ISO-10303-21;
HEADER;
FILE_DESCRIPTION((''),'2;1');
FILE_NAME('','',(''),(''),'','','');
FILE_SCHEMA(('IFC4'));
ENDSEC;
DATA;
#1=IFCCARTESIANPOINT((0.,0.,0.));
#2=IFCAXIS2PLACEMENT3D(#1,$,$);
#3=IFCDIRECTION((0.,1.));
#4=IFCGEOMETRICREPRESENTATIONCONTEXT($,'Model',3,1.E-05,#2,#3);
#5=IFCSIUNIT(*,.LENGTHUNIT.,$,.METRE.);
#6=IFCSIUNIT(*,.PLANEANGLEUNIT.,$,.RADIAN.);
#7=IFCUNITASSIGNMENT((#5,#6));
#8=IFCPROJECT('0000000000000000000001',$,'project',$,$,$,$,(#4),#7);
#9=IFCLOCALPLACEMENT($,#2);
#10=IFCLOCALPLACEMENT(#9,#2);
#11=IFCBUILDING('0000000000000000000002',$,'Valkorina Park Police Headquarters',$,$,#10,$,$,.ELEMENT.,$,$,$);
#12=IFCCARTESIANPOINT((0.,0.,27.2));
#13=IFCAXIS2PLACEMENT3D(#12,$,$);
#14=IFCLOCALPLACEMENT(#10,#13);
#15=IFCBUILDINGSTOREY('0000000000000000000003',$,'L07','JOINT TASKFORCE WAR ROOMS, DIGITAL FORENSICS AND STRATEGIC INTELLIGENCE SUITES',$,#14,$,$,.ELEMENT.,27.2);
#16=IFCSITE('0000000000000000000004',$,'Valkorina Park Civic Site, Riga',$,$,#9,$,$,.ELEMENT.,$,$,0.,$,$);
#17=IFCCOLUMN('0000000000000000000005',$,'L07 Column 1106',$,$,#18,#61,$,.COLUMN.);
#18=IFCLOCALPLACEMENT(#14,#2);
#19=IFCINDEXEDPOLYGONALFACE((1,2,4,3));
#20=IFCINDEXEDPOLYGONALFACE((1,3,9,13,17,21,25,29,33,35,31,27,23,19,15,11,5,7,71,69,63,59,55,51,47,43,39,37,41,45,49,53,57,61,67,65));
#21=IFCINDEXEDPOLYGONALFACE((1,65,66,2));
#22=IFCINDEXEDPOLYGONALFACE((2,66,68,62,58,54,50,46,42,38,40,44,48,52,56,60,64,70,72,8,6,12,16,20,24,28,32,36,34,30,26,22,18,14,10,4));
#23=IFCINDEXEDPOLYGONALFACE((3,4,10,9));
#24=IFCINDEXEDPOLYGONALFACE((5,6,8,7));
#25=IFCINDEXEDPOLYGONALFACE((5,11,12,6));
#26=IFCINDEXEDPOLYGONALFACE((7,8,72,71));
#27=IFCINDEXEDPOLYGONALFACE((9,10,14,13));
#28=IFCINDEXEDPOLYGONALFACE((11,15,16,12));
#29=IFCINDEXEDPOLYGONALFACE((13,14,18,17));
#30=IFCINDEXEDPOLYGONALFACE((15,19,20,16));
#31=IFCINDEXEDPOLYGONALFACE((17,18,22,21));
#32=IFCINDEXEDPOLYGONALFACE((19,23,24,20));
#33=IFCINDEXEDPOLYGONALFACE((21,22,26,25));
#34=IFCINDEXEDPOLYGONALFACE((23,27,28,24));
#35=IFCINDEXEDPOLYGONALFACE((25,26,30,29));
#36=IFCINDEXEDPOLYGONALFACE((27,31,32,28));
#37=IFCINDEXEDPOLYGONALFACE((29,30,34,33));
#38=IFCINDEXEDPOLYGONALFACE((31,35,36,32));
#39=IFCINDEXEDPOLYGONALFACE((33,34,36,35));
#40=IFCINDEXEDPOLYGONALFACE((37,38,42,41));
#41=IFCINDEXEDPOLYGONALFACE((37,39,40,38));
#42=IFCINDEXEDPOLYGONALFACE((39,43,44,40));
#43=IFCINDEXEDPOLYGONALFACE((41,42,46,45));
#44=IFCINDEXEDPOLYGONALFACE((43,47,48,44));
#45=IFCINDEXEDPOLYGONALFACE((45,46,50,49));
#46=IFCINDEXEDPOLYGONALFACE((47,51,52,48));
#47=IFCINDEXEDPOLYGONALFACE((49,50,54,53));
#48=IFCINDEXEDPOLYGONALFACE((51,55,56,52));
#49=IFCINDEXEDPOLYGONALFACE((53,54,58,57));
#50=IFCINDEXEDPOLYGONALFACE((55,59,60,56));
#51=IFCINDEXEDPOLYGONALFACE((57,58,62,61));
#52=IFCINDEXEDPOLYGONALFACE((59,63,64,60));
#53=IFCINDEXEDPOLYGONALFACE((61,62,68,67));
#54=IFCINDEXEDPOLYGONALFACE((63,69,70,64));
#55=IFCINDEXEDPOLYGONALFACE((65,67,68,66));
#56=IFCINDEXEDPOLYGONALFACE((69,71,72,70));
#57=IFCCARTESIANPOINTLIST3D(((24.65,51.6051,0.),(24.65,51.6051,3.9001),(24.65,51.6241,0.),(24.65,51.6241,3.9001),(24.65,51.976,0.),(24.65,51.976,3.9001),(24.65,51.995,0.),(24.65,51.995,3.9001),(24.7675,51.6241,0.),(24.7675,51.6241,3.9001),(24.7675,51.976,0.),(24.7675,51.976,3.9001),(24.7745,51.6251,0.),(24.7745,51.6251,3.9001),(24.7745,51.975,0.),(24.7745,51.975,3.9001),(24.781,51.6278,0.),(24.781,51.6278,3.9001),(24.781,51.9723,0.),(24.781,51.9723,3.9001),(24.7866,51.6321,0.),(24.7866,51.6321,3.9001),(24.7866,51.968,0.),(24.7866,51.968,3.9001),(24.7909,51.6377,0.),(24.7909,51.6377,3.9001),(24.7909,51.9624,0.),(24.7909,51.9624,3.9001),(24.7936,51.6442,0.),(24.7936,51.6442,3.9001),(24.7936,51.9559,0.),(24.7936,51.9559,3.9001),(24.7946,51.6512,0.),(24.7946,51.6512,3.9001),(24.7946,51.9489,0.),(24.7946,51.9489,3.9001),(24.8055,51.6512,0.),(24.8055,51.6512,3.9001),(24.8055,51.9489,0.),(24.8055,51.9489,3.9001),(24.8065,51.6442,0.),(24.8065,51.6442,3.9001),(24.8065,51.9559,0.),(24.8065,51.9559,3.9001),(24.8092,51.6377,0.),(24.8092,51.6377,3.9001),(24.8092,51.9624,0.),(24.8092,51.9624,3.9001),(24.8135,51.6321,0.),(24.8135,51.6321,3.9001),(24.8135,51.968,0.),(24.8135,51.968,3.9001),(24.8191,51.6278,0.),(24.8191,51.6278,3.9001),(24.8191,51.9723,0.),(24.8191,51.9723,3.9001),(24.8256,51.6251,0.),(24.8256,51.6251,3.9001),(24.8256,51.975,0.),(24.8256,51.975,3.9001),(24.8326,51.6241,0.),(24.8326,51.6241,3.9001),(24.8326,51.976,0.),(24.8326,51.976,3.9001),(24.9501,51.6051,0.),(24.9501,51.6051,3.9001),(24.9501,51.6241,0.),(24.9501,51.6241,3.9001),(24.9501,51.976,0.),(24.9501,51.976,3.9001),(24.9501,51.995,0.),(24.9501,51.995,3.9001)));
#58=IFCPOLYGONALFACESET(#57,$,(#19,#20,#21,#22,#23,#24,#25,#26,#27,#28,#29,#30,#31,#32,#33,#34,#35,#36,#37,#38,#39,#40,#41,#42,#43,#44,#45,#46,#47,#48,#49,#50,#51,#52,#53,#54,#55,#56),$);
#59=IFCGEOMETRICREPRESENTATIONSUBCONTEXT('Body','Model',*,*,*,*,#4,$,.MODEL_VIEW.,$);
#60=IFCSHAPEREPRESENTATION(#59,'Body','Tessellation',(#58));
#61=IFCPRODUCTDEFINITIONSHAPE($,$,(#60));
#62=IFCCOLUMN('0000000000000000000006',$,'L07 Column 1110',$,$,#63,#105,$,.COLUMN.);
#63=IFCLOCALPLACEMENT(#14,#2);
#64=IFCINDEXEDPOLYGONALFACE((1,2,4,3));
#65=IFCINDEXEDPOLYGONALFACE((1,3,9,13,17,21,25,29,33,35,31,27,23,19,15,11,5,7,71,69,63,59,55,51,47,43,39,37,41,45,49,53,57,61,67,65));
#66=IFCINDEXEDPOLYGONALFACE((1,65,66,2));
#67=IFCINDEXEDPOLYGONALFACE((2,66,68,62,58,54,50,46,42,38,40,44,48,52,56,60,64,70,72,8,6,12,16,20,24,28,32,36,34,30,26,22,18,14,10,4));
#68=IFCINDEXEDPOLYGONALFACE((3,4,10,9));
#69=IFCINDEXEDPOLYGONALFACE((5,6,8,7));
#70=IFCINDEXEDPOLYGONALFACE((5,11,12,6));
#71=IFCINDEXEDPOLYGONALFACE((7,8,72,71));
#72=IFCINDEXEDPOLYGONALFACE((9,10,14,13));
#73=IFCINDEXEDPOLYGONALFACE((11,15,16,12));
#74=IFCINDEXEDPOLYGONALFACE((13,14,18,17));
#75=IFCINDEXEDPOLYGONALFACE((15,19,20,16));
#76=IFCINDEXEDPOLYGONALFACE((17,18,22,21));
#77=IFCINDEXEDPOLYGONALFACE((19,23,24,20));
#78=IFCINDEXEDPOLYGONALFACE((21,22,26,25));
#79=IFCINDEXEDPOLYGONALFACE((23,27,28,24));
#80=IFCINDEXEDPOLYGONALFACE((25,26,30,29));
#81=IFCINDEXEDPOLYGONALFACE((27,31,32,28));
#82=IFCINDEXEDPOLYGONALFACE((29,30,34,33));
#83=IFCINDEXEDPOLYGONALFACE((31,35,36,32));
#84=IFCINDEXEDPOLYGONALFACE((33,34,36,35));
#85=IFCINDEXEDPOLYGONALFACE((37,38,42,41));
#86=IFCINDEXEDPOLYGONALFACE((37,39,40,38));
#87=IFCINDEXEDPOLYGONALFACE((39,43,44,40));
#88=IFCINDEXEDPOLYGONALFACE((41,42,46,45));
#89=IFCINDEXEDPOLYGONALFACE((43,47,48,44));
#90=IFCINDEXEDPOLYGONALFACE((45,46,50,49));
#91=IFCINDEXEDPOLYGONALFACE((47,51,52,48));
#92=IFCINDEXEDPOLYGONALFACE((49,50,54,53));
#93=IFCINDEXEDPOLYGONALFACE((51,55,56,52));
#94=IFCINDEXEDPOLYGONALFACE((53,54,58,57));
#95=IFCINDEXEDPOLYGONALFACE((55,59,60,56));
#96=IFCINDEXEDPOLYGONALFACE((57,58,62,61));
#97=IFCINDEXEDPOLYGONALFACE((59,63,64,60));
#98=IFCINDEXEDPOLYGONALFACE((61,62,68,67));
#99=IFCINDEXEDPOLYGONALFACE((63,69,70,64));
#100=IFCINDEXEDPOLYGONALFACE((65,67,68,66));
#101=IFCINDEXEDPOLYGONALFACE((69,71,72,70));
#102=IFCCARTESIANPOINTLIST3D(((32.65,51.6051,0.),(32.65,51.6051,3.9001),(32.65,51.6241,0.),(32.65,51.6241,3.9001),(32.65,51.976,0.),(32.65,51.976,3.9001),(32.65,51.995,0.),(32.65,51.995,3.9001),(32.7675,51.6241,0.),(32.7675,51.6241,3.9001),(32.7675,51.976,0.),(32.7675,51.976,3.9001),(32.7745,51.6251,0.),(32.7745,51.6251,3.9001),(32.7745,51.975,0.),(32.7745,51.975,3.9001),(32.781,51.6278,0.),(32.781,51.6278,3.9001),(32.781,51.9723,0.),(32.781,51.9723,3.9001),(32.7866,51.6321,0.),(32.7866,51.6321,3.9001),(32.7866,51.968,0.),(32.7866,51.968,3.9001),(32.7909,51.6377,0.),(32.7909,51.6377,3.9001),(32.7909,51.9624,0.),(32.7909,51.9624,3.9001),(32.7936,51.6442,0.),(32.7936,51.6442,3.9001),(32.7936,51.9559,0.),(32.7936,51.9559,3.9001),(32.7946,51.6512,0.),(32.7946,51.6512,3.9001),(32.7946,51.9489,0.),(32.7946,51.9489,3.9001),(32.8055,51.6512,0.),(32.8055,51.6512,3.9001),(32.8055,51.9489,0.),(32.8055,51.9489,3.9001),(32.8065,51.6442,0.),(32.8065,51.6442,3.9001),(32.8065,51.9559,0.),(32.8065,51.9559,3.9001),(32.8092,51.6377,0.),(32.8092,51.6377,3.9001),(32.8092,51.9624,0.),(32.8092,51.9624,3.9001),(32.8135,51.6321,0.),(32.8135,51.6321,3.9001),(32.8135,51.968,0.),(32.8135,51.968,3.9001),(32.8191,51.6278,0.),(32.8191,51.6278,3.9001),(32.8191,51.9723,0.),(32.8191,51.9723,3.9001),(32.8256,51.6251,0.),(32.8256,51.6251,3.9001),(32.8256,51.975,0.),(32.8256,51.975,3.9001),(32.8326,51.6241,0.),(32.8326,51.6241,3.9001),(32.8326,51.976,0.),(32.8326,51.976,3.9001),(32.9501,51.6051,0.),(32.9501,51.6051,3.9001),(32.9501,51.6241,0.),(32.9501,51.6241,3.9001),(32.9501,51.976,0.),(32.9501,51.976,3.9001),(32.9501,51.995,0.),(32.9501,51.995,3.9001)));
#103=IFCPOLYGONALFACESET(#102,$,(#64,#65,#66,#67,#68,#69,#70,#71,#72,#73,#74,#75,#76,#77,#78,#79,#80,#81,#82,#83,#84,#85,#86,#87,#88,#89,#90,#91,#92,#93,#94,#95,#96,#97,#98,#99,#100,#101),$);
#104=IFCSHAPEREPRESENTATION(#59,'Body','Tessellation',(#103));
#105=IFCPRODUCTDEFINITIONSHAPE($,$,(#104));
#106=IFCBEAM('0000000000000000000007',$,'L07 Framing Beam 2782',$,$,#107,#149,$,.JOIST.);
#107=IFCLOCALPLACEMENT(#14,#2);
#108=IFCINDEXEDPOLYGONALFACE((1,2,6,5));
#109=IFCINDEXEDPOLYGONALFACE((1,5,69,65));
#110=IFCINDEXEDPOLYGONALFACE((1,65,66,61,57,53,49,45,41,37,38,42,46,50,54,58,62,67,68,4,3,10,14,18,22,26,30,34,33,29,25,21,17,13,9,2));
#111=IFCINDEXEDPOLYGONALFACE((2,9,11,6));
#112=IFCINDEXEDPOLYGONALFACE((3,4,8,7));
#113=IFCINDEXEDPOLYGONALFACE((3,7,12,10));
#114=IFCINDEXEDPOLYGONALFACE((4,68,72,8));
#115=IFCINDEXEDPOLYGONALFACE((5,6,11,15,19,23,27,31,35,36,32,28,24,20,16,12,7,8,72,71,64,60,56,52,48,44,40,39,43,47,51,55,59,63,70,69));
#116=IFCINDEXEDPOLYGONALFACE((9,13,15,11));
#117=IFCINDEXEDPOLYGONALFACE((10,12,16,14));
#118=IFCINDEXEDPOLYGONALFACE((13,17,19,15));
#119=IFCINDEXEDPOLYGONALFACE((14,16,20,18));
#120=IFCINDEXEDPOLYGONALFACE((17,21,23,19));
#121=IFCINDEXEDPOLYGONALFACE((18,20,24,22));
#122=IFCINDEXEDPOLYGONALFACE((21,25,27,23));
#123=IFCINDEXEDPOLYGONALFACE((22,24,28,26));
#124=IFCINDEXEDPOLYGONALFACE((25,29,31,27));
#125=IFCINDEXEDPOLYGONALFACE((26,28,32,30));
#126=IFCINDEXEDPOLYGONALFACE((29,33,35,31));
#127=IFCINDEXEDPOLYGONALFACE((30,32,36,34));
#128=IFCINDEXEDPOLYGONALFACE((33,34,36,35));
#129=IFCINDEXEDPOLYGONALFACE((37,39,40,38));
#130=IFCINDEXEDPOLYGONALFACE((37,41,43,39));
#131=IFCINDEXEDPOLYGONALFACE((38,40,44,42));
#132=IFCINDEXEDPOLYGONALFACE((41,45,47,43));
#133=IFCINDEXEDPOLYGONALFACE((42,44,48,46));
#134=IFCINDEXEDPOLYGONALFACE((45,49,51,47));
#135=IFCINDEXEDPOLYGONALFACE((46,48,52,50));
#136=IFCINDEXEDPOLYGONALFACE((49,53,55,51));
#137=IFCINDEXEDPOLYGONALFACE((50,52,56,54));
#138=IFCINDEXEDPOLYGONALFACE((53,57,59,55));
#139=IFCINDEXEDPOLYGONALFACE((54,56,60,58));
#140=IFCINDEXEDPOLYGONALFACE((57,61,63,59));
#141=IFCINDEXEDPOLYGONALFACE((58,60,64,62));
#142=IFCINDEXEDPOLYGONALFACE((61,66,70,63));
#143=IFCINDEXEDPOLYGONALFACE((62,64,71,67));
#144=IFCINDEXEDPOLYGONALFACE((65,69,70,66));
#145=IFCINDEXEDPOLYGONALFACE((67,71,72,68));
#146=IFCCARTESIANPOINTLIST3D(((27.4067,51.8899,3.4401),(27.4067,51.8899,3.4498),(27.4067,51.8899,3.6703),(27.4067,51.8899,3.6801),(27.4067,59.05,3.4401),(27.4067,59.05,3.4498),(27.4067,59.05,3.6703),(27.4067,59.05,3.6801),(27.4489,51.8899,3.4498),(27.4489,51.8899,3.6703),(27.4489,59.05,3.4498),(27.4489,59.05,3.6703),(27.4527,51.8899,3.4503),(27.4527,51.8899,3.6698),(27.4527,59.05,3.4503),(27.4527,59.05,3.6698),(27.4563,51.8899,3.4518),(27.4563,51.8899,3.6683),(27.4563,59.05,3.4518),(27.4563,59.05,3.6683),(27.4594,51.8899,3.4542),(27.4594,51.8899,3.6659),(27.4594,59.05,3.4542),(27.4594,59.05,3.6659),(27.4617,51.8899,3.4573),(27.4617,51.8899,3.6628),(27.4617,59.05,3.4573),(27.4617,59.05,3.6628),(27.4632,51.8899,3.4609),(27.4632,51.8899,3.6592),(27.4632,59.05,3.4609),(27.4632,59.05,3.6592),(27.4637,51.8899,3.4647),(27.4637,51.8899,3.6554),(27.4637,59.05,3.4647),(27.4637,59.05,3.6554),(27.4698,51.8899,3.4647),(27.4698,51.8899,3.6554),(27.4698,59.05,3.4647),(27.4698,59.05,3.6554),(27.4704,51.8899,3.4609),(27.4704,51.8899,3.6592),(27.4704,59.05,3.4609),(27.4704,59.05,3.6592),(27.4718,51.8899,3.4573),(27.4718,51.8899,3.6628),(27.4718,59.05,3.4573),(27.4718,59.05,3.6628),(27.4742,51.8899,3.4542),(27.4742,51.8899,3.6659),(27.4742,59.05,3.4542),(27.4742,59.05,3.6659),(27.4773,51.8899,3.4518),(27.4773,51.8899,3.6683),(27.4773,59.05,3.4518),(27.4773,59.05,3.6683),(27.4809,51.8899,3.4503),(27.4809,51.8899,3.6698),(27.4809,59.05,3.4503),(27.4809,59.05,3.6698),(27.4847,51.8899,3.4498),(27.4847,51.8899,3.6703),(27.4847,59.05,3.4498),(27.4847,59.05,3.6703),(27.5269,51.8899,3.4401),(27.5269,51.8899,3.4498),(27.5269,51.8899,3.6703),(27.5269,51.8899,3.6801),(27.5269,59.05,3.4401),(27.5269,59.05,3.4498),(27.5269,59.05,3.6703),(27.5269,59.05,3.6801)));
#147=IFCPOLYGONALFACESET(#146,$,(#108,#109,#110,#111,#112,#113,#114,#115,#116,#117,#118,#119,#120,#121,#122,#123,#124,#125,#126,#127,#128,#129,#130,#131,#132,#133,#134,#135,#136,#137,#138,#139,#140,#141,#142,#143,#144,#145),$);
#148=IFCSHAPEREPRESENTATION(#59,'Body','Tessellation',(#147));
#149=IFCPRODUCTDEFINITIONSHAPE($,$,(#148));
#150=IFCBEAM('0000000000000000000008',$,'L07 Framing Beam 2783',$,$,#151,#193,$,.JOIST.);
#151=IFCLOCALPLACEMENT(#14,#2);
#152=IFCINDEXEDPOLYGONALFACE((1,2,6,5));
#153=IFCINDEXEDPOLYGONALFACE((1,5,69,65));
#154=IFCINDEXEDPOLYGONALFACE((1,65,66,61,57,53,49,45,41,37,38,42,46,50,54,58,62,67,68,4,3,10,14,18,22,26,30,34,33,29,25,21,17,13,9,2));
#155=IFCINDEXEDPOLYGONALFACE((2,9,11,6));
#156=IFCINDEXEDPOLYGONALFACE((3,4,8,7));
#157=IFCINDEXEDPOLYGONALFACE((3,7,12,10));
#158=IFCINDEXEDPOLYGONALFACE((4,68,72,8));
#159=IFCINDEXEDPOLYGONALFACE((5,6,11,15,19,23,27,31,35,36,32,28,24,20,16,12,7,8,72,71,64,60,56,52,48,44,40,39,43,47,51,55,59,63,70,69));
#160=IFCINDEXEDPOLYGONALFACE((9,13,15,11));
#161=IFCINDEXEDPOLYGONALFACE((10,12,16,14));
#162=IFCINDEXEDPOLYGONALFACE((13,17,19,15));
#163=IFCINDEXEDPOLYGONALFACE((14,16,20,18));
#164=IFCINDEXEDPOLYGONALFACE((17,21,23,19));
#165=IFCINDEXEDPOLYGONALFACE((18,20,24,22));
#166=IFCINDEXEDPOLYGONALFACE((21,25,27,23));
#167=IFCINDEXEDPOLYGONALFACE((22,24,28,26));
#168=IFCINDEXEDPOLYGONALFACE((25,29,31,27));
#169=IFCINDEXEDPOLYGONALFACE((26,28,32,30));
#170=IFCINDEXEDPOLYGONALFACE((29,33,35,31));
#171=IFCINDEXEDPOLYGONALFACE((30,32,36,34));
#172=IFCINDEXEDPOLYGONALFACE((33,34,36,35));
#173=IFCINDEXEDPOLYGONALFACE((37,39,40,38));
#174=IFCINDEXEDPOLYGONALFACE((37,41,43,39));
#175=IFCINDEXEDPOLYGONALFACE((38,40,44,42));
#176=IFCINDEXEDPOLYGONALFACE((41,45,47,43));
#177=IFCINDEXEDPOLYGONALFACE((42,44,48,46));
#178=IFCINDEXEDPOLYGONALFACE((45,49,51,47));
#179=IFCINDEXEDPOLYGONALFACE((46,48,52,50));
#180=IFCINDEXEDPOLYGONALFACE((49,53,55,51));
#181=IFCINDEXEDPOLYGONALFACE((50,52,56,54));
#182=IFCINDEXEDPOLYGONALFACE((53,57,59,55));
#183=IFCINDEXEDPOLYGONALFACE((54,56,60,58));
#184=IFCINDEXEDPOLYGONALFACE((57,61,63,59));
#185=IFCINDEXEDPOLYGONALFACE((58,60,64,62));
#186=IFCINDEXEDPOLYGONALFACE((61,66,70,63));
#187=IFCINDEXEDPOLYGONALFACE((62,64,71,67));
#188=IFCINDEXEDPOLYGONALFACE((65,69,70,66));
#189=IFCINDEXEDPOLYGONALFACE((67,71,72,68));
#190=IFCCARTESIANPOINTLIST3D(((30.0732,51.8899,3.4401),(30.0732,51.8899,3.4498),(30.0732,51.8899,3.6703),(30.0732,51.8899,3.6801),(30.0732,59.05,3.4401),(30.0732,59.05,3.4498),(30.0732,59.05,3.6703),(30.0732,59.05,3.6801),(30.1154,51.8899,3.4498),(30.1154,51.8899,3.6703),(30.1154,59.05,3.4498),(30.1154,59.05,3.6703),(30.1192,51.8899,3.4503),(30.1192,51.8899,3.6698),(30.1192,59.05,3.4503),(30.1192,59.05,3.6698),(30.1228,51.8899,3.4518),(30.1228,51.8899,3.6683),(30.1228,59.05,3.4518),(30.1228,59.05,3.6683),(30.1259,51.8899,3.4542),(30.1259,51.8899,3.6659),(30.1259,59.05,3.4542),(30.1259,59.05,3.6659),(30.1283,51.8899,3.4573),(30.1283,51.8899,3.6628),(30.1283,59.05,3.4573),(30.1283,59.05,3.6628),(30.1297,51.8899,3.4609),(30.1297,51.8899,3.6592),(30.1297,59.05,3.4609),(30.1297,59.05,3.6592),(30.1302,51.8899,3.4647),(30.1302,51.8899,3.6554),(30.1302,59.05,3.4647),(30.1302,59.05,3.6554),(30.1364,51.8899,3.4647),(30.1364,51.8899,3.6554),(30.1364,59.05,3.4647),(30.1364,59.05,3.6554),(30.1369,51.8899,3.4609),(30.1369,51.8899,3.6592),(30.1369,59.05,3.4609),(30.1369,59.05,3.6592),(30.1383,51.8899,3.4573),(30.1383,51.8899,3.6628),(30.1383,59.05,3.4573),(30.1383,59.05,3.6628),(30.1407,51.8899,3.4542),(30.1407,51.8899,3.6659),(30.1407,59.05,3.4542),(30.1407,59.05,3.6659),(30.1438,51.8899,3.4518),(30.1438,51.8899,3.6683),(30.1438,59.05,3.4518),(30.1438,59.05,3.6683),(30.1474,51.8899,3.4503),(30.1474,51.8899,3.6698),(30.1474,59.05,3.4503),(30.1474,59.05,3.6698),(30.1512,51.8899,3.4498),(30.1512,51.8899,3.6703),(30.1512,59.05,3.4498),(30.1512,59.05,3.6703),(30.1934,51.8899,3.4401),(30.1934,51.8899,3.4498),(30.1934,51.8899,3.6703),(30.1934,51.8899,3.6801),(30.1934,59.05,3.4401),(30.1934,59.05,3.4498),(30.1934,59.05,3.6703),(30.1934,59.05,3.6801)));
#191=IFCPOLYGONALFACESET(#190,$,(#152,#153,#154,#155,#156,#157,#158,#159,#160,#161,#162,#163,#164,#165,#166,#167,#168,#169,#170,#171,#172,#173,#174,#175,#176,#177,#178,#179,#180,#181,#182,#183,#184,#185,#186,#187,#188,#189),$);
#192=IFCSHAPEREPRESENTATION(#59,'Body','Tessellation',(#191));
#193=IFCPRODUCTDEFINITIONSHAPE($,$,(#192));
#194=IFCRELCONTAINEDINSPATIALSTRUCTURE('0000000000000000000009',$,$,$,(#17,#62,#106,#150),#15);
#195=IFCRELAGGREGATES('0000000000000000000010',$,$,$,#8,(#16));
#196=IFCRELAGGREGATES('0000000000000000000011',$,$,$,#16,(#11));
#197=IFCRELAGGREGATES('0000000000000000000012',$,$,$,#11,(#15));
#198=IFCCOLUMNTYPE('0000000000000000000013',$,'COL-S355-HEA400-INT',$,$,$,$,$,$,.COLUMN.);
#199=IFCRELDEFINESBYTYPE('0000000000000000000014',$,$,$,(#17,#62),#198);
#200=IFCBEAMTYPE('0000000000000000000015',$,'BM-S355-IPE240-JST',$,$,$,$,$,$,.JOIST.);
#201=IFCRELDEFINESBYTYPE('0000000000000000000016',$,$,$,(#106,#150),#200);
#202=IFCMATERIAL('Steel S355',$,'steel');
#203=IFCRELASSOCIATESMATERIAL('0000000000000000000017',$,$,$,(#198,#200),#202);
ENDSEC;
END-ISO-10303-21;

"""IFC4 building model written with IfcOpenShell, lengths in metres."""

from ifc_helpers import new_model, si_unit, direction, frame, origin, origin_2d, place, context, subcontext, project, spatial, i_section, extrude, material, material_profile, profile_set, type_object, element, save


model = new_model("IFC4")

# Units and contexts
model_context = context("Model", 3, precision=1e-05, world=origin(), true_north=direction((0.0, 1.0)))
body_context = subcontext(model_context, "Body", "Model", "MODEL_VIEW")
ifc_project = project(units=[si_unit("LENGTHUNIT", "METRE"), si_unit("PLANEANGLEUNIT", "RADIAN")], contexts=[model_context])

# Site, building, storey
site_placement = place(None, origin())
site = spatial("IfcSite", under=ifc_project, at=site_placement, Name="Valkorina Park Civic Site, Riga", CompositionType="ELEMENT", RefElevation=0.0)
building_placement = place(site_placement, origin())
building = spatial("IfcBuilding", under=site, at=building_placement, Name="Valkorina Park Police Headquarters", CompositionType="ELEMENT")
storey_placement = place(building_placement, frame((0.0, 0.0, 27.2)))
storey = spatial("IfcBuildingStorey", under=building, at=storey_placement, Name="L07", Description="JOINT TASKFORCE WAR ROOMS, DIGITAL FORENSICS AND STRATEGIC INTELLIGENCE SUITES", CompositionType="ELEMENT", Elevation=27.2)

# Columns
ifc_material_1 = material(Name="Steel S355", Category="steel")
ifc_material_profile_1 = material_profile(ifc_material_1, i_section(OverallWidth=0.3, OverallDepth=0.3899, WebThickness=0.011, FlangeThickness=0.019, FilletRadius=0.0271, at=origin_2d()), Name="HEA 400")
ifc_profile_set_1 = profile_set([ifc_material_profile_1], Name="Steel S355")
column_type = type_object("IfcColumnType", Name="COL-S355-HEA400-INT", PredefinedType="COLUMN", material=ifc_profile_set_1)
for number, where, z_axis, x_axis, name in (
    (1, (24.8, 51.8, 0.0), (0.0, 0.0, 1.0), (1.0, 0.0, 0.0), "L07 Column 1106"),
    (2, (32.8, 51.8, 0.0), (0.0, 0.0, 1.0), (1.0, 0.0, 0.0), "L07 Column 1110"),
):
    element("IfcColumn", number, at=place(storey_placement, frame(where, z_axis=z_axis, x_axis=x_axis)), inside=storey, type_object=column_type, Name=name, PredefinedType="COLUMN", context=body_context, shape_type="SweptSolid", body=[
        extrude(i_section(OverallWidth=0.3, OverallDepth=0.3899, WebThickness=0.011, FlangeThickness=0.019, FilletRadius=0.0271, at=origin_2d()), origin(), (0.0, 0.0, 1.0), 3.9001),
    ])

# Beams
ifc_material_profile_2 = material_profile(ifc_material_1, i_section(OverallWidth=0.1201, OverallDepth=0.24, WebThickness=0.0061, FlangeThickness=0.0098, FilletRadius=0.0149, at=origin_2d()), Name="IPE 240")
ifc_profile_set_2 = profile_set([ifc_material_profile_2], Name="Steel S355")
beam_type_1 = type_object("IfcBeamType", Name="BM-S355-IPE240-JST", PredefinedType="JOIST", material=ifc_profile_set_2)
for number, where, z_axis, x_axis, name in (
    (3, (27.4668, 51.8899, 3.5601), (0.0, 1.0, 0.0), (-1.0, 0.0, 0.0), "L07 Framing Beam 2782"),
    (4, (30.1333, 51.8899, 3.5601), (0.0, 1.0, 0.0), (-1.0, 0.0, 0.0), "L07 Framing Beam 2783"),
):
    element("IfcBeam", number, at=place(storey_placement, frame(where, z_axis=z_axis, x_axis=x_axis)), inside=storey, type_object=beam_type_1, Name=name, PredefinedType="JOIST", context=body_context, shape_type="SweptSolid", body=[
        extrude(i_section(OverallWidth=0.1201, OverallDepth=0.24, WebThickness=0.0061, FlangeThickness=0.0098, FilletRadius=0.0149, at=origin_2d()), origin(), (0.0, 0.0, 1.0), 7.1602),
    ])

save(model, "model.ifc")
